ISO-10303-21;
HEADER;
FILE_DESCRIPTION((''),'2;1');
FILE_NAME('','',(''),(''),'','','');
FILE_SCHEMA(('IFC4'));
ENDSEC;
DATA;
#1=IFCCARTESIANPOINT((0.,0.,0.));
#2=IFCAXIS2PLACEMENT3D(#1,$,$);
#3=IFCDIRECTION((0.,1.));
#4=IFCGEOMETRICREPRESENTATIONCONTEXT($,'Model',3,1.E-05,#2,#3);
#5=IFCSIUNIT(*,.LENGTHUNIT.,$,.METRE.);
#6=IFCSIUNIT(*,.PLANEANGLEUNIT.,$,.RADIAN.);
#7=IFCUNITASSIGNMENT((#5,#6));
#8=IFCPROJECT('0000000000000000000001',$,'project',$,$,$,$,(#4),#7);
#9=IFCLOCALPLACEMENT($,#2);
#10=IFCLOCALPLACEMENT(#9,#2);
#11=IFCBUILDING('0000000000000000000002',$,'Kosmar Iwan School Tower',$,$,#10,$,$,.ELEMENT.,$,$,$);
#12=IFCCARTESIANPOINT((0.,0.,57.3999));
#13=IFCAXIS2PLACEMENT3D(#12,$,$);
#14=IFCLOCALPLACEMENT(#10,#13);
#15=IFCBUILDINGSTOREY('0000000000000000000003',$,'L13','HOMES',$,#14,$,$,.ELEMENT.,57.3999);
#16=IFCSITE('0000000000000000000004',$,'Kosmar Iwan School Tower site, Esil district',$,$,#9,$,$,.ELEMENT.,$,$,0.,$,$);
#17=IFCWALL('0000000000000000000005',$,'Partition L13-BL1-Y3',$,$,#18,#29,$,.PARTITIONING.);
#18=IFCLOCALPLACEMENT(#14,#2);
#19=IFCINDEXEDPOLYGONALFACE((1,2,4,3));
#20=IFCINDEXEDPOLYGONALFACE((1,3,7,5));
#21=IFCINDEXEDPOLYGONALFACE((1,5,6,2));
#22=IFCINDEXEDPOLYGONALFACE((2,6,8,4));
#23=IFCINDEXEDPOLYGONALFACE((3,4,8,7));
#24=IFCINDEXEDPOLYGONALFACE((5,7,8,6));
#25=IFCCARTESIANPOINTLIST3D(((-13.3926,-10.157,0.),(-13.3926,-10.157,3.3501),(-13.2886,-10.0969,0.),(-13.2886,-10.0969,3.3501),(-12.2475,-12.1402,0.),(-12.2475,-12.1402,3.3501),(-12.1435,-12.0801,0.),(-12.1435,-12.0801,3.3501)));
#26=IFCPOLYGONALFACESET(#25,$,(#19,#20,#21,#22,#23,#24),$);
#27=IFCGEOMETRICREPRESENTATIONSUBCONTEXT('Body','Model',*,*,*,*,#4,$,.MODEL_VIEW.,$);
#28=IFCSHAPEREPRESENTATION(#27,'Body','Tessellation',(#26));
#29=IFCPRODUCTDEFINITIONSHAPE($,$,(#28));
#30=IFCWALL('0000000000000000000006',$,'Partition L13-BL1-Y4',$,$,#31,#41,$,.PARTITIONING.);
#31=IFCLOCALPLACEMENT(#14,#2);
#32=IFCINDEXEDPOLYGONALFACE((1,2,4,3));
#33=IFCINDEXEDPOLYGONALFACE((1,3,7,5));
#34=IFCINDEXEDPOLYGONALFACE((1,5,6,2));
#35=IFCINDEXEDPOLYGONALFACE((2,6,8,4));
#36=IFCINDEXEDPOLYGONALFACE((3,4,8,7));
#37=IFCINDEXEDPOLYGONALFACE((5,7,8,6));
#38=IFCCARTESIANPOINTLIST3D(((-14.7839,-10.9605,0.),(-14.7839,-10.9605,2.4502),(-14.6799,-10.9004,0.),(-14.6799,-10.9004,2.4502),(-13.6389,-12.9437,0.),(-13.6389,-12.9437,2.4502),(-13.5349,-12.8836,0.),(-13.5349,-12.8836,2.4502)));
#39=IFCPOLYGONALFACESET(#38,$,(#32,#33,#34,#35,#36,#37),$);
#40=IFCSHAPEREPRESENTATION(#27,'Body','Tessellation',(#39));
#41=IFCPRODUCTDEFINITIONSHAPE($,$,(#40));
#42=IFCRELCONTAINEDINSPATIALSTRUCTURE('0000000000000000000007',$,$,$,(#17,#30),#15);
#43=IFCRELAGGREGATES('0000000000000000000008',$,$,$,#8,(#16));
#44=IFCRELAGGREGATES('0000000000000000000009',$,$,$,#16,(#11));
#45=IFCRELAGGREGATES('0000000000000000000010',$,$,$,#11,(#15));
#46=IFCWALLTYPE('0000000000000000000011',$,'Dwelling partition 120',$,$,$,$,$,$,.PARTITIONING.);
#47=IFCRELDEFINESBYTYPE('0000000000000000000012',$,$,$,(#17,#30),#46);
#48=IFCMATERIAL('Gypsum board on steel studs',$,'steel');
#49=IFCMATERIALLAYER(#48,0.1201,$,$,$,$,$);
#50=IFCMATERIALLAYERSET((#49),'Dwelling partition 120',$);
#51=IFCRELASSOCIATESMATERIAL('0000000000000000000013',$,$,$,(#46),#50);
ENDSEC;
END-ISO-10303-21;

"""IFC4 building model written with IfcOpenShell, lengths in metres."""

from ifc_helpers import new_model, si_unit, direction, frame, frame_2d, origin, place, context, subcontext, project, spatial, rectangle, extrude, material, layer, layer_set, type_object, element, save


model = new_model("IFC4")

# Units and contexts
model_context = context("Model", 3, precision=1e-05, world=origin(), true_north=direction((0.0, 1.0)))
body_context = subcontext(model_context, "Body", "Model", "MODEL_VIEW")
ifc_project = project(units=[si_unit("LENGTHUNIT", "METRE"), si_unit("PLANEANGLEUNIT", "RADIAN")], contexts=[model_context])

# Site, building, storey
site_placement = place(None, origin())
site = spatial("IfcSite", under=ifc_project, at=site_placement, Name="Kosmar Iwan School Tower site, Esil district", CompositionType="ELEMENT", RefElevation=0.0)
building_placement = place(site_placement, origin())
building = spatial("IfcBuilding", under=site, at=building_placement, Name="Kosmar Iwan School Tower", CompositionType="ELEMENT")
storey_placement = place(building_placement, frame((0.0, 0.0, 57.3999)))
storey = spatial("IfcBuildingStorey", under=building, at=storey_placement, Name="L13", Description="HOMES", CompositionType="ELEMENT", Elevation=57.3999)

# Walls
ifc_material_1 = material(Name="Gypsum board on steel studs", Category="steel")
ifc_layer_1 = layer(ifc_material_1, 0.1201)
ifc_layer_set_1 = layer_set([ifc_layer_1], Name="Dwelling partition 120")
wall_type_1 = type_object("IfcWallType", Name="Dwelling partition 120", PredefinedType="PARTITIONING", material=ifc_layer_set_1)
for number, where, z_axis, x_axis, name in (
    (1, (-13.3406, -10.127, 0.0), (0.0, 0.0, 1.0), (0.500015, -0.866017, 0.0), "Partition L13-BL1-Y3"),
):
    element("IfcWall", number, at=place(storey_placement, frame(where, z_axis=z_axis, x_axis=x_axis)), inside=storey, type_object=wall_type_1, Name=name, PredefinedType="PARTITIONING", context=body_context, shape_type="SweptSolid", body=[
        extrude(rectangle(XDim=2.29, YDim=0.1201, at=frame_2d((1.145, 0.0))), origin(), (0.0, 0.0, 1.0), 3.3501),
    ])
wall_1_placement = place(storey_placement, frame((-14.7319, -10.9304, 0.0), z_axis=(0.0, 0.0, 1.0), x_axis=(0.500015, -0.866017, 0.0)))
element("IfcWall", 2, at=wall_1_placement, inside=storey, type_object=wall_type_1, Name="Partition L13-BL1-Y4", PredefinedType="PARTITIONING", context=body_context, shape_type="SweptSolid", body=[
    extrude(rectangle(XDim=2.29, YDim=0.1201, at=frame_2d((1.145, 0.0))), origin(), (0.0, 0.0, 1.0), 2.4502),
])

save(model, "model.ifc")
